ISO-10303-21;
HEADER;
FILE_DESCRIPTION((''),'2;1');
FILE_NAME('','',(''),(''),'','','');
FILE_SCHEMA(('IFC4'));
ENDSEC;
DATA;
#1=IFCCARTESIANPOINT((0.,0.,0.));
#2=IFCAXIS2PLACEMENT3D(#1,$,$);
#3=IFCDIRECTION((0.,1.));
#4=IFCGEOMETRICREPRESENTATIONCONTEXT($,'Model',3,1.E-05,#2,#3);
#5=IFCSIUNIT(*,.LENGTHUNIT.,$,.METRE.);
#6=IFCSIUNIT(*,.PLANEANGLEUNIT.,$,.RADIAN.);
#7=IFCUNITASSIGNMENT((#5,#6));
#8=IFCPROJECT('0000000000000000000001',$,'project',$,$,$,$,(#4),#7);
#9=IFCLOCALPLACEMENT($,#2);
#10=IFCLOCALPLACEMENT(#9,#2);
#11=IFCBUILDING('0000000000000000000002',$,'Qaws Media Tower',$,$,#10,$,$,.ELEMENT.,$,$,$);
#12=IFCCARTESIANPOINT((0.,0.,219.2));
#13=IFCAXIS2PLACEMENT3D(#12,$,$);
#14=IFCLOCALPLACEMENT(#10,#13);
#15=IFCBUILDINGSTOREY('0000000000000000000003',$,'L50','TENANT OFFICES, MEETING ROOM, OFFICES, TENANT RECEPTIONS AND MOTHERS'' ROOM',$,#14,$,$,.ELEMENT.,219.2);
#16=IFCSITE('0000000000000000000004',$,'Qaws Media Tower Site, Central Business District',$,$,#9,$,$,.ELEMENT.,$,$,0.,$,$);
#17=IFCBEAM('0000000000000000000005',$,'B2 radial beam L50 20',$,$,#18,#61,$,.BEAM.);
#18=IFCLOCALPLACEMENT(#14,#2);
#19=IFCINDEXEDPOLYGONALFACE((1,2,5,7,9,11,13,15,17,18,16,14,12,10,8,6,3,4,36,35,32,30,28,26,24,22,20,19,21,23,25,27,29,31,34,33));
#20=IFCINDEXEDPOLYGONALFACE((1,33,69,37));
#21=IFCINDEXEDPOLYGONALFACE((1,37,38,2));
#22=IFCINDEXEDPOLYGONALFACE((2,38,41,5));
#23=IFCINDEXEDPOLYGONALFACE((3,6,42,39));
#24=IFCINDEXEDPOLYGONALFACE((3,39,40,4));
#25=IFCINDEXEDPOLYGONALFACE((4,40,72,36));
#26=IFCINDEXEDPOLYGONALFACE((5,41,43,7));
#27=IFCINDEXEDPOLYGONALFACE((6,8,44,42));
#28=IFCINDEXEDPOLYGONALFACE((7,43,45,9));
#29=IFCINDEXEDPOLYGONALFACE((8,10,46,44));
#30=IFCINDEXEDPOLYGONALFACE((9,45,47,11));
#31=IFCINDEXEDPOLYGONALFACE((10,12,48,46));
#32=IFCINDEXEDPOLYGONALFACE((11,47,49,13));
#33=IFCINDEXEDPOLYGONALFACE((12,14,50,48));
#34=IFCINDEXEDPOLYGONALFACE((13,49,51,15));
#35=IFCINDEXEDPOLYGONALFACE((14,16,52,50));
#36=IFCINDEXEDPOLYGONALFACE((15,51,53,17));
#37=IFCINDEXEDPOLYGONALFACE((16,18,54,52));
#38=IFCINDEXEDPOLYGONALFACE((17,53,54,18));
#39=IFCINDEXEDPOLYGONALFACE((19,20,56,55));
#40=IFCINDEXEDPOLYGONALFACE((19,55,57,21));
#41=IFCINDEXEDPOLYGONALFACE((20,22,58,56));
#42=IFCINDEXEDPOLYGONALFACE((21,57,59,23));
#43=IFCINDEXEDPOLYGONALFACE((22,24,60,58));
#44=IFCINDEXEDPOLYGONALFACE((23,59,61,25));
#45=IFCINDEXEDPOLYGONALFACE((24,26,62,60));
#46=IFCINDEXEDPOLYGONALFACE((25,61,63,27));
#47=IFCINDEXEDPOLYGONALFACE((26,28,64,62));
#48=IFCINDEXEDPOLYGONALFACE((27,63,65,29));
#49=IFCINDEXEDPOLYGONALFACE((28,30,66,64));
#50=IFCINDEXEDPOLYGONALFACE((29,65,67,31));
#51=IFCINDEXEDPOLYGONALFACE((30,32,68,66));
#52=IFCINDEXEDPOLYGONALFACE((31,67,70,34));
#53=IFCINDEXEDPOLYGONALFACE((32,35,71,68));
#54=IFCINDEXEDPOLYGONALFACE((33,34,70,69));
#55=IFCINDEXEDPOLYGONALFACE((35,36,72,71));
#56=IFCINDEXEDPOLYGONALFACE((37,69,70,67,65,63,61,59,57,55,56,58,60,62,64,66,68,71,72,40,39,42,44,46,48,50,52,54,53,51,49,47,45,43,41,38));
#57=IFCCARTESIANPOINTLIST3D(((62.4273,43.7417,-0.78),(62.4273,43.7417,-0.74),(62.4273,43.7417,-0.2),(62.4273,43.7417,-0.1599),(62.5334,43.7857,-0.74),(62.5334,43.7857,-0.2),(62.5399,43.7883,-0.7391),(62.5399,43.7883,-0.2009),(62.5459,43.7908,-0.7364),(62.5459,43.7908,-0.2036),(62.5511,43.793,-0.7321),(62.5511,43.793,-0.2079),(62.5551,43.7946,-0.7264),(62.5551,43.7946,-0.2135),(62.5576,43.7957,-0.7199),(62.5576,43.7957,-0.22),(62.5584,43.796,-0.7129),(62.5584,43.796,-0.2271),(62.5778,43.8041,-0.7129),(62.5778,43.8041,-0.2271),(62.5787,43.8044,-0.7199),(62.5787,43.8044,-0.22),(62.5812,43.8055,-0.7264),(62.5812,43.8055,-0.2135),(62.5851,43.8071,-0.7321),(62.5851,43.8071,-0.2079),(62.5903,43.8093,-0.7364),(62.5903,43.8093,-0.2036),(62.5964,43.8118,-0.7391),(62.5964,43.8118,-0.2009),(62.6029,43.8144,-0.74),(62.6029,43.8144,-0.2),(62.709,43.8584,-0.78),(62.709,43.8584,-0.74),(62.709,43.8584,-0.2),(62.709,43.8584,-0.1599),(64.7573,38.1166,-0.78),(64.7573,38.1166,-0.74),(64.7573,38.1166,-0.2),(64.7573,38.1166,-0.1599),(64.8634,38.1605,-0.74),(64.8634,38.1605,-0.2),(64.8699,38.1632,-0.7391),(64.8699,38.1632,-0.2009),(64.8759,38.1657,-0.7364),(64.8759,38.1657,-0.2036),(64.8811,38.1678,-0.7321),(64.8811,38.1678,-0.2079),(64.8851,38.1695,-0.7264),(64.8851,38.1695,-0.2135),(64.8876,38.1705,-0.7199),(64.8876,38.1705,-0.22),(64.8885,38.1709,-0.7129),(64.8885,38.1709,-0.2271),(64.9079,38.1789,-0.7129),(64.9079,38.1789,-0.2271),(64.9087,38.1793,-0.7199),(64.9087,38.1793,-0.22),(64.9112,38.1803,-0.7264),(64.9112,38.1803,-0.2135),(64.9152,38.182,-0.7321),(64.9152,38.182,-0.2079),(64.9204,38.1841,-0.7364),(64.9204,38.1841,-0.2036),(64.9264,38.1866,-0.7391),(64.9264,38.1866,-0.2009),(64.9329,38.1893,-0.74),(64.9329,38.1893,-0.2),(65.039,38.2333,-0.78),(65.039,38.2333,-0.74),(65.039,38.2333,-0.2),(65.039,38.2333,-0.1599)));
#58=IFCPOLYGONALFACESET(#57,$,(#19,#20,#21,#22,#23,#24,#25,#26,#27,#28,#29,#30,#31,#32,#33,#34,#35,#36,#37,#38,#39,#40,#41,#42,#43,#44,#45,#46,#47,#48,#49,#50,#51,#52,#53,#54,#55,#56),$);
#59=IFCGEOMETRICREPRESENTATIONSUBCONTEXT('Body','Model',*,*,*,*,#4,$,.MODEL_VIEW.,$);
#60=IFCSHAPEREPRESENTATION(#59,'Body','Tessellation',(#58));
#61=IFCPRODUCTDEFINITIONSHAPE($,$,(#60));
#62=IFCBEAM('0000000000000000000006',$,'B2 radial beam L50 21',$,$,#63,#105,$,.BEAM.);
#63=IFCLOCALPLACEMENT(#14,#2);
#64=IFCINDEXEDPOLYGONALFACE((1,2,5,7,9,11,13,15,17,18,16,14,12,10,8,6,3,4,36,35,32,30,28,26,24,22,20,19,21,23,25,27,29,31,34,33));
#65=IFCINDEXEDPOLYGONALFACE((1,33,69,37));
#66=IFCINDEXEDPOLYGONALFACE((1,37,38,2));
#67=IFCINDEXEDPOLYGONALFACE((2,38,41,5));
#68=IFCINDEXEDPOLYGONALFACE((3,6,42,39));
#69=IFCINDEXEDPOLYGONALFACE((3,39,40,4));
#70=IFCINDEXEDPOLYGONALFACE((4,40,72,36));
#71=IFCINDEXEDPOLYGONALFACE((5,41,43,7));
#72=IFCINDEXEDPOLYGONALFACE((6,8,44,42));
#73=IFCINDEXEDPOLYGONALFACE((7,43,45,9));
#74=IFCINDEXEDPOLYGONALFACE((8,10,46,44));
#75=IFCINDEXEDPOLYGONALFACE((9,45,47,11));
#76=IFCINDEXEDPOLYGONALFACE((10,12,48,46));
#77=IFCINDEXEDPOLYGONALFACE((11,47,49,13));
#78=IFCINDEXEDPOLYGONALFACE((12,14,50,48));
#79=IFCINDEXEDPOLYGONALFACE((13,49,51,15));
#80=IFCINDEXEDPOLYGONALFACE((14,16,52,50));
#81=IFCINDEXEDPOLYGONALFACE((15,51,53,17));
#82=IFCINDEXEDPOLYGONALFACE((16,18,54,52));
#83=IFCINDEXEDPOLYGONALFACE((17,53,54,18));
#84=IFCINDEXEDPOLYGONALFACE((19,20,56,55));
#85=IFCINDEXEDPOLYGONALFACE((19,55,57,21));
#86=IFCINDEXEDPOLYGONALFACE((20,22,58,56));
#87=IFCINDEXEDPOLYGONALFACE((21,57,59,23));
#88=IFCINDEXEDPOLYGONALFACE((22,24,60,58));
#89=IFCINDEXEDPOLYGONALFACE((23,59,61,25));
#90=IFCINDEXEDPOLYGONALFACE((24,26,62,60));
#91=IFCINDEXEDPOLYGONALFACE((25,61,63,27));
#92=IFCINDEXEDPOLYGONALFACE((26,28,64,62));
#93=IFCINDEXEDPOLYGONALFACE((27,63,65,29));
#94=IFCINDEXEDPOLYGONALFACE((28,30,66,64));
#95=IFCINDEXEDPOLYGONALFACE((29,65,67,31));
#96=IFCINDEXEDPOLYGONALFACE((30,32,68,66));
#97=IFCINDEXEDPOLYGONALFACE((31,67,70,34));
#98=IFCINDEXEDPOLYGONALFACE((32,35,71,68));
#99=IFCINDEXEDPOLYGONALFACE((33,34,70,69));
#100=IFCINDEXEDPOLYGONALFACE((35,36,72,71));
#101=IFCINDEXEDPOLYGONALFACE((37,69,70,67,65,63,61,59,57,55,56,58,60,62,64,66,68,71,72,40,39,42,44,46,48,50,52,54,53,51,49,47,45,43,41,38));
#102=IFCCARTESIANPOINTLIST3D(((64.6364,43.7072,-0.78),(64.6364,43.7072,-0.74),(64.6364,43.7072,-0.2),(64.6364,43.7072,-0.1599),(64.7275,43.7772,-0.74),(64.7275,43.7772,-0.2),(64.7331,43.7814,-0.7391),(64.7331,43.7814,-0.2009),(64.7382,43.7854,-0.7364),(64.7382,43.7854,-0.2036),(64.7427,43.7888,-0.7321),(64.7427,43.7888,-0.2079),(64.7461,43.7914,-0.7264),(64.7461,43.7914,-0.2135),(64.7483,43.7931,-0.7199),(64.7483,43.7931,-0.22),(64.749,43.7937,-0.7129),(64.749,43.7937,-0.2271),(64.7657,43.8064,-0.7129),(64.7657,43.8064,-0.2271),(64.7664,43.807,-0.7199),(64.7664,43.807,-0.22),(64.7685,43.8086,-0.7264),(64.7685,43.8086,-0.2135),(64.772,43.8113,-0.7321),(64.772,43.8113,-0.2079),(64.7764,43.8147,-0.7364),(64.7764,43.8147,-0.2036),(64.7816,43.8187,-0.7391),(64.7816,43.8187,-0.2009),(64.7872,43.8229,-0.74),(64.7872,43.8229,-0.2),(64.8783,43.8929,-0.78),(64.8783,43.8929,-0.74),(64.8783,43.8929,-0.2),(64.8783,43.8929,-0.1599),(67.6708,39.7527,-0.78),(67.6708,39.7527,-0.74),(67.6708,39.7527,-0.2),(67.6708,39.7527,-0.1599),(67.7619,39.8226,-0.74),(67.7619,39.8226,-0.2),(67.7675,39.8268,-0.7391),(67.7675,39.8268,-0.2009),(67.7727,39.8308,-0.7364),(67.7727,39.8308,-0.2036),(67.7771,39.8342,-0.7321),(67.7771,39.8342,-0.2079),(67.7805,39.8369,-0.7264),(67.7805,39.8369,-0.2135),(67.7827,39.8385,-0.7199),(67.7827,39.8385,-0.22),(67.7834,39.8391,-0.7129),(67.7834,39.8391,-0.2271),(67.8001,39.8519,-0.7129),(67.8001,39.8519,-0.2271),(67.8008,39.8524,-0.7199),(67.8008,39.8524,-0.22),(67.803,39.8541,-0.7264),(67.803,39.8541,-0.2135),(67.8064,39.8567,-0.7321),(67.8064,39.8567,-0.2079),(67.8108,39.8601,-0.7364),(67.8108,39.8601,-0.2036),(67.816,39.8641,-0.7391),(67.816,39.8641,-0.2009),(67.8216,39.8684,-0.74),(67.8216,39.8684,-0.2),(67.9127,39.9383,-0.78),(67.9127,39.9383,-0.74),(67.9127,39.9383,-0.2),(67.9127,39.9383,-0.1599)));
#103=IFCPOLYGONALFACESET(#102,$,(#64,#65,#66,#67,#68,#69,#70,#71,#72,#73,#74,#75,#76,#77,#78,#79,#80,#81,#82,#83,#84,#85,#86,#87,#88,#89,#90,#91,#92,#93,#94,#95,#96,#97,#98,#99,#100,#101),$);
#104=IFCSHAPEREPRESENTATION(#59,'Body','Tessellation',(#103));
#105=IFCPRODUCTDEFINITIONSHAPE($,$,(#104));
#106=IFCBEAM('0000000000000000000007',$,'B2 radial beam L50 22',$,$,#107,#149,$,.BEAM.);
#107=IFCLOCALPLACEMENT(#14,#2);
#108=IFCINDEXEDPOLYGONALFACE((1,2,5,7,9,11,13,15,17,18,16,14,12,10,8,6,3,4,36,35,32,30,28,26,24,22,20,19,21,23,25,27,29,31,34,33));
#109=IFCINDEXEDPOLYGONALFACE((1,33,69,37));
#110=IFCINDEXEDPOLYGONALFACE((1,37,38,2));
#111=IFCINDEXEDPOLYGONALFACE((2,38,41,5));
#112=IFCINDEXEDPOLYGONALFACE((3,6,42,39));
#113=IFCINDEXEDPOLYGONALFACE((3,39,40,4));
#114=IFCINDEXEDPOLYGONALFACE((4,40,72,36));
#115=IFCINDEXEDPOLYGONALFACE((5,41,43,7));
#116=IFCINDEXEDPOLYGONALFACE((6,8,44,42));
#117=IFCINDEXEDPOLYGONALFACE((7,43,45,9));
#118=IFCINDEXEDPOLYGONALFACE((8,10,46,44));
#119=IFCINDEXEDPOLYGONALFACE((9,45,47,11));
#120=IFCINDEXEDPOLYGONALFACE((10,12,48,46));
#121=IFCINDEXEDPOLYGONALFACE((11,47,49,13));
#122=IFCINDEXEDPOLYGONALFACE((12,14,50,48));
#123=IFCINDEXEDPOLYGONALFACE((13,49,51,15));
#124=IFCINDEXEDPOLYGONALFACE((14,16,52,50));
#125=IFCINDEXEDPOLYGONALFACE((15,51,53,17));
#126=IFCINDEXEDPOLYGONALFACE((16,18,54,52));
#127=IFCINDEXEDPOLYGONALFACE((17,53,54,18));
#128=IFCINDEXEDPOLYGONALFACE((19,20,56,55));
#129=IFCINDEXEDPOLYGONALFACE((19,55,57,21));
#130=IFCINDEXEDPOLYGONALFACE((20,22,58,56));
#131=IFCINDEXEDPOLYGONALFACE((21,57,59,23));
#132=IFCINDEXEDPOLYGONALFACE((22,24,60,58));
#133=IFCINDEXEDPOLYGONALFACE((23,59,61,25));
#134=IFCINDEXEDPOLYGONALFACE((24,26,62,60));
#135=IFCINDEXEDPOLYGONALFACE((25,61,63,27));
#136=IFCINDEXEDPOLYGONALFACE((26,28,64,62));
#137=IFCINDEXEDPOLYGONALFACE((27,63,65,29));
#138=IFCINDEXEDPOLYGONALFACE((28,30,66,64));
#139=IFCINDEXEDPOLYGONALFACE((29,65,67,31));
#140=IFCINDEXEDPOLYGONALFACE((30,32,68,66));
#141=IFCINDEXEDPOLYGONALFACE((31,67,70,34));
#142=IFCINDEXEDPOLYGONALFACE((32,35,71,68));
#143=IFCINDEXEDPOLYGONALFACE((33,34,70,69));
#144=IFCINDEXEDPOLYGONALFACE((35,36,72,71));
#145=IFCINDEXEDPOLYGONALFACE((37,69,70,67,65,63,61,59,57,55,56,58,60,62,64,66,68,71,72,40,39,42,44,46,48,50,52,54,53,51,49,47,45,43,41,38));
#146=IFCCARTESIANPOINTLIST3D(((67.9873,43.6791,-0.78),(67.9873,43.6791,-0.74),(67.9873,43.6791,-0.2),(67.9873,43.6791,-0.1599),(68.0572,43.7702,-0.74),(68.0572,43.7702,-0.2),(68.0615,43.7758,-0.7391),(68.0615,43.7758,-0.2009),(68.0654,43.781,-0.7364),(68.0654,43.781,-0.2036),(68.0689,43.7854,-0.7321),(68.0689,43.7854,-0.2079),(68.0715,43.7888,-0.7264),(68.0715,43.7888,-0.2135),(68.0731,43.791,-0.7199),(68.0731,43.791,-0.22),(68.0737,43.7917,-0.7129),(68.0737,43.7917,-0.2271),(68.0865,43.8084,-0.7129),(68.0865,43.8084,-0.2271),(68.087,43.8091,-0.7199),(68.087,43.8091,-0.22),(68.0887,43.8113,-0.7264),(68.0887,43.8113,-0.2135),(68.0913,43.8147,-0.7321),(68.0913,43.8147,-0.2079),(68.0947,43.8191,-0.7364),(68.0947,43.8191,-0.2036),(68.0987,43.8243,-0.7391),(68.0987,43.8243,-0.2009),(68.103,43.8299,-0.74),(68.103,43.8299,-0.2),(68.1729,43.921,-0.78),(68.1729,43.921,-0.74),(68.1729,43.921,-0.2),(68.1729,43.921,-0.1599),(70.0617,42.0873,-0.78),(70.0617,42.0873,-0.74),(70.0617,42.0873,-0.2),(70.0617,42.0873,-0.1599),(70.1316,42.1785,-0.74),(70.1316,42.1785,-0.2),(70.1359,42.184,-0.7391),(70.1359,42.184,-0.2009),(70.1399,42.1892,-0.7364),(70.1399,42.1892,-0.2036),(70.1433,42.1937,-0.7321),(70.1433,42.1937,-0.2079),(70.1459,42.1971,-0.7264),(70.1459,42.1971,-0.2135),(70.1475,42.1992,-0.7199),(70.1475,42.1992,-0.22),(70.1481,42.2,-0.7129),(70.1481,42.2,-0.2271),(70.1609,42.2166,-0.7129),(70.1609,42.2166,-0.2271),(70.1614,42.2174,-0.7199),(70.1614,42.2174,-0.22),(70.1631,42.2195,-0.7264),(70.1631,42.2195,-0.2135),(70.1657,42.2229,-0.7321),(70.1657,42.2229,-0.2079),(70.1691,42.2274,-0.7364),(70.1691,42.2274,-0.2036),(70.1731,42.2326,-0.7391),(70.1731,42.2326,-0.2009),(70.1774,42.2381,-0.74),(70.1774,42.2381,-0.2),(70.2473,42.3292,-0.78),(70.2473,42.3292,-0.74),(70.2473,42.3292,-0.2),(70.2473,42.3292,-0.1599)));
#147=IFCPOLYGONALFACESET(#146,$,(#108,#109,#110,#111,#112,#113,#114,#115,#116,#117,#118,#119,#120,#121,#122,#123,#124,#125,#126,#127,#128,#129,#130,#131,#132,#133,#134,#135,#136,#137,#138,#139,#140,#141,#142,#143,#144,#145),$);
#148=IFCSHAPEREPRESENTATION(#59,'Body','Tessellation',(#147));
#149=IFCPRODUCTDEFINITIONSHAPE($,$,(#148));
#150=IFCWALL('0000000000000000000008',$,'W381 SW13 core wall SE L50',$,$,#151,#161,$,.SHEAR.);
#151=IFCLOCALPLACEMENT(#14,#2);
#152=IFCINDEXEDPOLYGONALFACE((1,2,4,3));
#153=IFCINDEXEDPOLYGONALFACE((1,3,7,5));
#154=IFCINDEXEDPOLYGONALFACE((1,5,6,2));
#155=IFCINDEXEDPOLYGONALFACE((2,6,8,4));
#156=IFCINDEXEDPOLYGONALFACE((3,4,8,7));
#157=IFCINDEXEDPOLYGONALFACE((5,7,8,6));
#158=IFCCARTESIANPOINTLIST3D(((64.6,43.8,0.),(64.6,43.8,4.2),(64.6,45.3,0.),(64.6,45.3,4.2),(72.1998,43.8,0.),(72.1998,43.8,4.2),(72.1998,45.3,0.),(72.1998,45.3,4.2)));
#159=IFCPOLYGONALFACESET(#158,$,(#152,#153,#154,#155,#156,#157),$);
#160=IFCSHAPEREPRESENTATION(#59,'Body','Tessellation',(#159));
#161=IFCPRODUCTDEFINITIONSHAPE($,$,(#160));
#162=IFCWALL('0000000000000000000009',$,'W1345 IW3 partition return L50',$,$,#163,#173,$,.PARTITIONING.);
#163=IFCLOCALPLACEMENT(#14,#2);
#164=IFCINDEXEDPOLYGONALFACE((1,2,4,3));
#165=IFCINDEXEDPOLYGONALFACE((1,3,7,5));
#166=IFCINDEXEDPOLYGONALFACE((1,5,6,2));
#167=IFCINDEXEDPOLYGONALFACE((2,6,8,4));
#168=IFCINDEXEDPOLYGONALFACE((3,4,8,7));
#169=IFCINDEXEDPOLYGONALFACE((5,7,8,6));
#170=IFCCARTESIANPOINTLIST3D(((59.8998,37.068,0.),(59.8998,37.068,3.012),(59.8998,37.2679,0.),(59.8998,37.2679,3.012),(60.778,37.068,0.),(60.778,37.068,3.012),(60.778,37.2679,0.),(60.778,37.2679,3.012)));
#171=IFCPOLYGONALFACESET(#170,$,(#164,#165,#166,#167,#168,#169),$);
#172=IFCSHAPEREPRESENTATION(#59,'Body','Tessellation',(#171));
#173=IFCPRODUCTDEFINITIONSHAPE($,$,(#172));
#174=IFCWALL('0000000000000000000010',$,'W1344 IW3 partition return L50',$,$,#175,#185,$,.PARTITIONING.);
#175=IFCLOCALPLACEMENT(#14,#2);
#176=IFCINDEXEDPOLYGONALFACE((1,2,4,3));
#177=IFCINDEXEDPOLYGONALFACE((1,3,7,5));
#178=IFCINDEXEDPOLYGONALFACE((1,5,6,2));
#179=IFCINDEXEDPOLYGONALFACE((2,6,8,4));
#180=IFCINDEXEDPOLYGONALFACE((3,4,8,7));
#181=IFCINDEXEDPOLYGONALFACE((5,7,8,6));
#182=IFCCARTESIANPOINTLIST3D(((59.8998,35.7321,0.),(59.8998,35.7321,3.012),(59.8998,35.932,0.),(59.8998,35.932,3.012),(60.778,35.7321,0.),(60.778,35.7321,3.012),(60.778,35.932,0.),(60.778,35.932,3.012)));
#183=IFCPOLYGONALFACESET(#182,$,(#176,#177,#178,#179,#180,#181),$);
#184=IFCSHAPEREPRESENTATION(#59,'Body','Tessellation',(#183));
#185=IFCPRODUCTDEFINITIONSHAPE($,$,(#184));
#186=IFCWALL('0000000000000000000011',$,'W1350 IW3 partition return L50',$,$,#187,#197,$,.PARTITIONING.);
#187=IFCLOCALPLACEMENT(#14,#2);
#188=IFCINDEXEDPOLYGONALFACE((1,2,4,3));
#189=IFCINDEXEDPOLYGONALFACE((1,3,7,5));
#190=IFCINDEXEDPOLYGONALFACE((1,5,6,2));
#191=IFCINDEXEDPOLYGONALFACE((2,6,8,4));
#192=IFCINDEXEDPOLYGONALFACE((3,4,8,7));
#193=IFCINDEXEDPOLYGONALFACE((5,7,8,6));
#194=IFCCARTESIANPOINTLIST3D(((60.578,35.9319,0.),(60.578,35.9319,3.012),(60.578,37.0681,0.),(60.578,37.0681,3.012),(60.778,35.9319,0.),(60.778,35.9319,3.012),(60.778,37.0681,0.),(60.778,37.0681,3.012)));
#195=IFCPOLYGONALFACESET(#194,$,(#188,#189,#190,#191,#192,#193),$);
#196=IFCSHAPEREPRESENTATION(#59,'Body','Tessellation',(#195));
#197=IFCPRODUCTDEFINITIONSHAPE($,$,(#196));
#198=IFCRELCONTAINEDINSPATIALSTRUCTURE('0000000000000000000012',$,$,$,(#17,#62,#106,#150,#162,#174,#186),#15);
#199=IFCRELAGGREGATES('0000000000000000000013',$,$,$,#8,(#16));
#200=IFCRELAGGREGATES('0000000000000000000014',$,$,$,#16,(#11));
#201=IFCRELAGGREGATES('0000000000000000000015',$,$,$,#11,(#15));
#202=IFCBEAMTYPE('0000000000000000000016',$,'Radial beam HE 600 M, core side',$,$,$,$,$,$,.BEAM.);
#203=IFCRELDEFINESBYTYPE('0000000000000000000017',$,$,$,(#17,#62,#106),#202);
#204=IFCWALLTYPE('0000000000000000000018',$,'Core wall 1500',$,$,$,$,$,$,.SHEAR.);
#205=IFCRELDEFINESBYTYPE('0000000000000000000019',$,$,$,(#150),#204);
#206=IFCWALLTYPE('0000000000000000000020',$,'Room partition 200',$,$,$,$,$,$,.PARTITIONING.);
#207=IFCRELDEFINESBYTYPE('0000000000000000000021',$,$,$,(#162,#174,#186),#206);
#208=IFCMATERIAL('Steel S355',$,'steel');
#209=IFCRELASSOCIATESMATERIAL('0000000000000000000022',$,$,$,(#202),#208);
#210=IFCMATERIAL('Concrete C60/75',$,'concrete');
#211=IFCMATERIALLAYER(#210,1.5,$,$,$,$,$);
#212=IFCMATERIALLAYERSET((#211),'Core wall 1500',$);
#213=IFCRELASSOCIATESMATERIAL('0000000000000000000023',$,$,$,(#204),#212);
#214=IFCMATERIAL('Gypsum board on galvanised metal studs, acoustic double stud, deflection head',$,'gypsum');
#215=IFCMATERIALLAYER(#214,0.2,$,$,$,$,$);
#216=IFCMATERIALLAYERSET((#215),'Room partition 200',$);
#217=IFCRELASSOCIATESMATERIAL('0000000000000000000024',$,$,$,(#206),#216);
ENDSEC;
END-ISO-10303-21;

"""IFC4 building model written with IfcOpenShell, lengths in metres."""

from ifc_helpers import new_model, si_unit, direction, frame, frame_2d, origin, origin_2d, place, context, subcontext, project, spatial, rectangle, i_section, extrude, material, layer, layer_set, material_profile, profile_set, type_object, element, save


model = new_model("IFC4")

# Units and contexts
model_context = context("Model", 3, precision=1e-05, world=origin(), true_north=direction((0.0, 1.0)))
body_context = subcontext(model_context, "Body", "Model", "MODEL_VIEW")
ifc_project = project(units=[si_unit("LENGTHUNIT", "METRE"), si_unit("PLANEANGLEUNIT", "RADIAN")], contexts=[model_context])

# Site, building, storey
site_placement = place(None, origin())
site = spatial("IfcSite", under=ifc_project, at=site_placement, Name="Qaws Media Tower Site, Central Business District", CompositionType="ELEMENT", RefElevation=0.0)
building_placement = place(site_placement, origin())
building = spatial("IfcBuilding", under=site, at=building_placement, Name="Qaws Media Tower", CompositionType="ELEMENT")
storey_placement = place(building_placement, frame((0.0, 0.0, 219.2)))
storey = spatial("IfcBuildingStorey", under=building, at=storey_placement, Name="L50", Description="TENANT OFFICES, MEETING ROOM, OFFICES, TENANT RECEPTIONS AND MOTHERS' ROOM", CompositionType="ELEMENT", Elevation=219.2)

# Beams
ifc_material_1 = material(Name="Steel S355", Category="steel")
ifc_material_profile_1 = material_profile(ifc_material_1, i_section(OverallWidth=0.3049, OverallDepth=0.6201, WebThickness=0.021, FlangeThickness=0.04, FilletRadius=0.0271, at=origin_2d()), Name="HE 600 M")
ifc_profile_set_1 = profile_set([ifc_material_profile_1], Name="Steel S355")
beam_type_1 = type_object("IfcBeamType", Name="Radial beam HE 600 M, core side", PredefinedType="BEAM", material=ifc_profile_set_1)
beam_1_placement = place(storey_placement, frame((62.5681, 43.8, -0.47), z_axis=(0.382687, -0.923878, 0.0), x_axis=(0.923878, 0.382687, 0.0)))
element("IfcBeam", 1, at=beam_1_placement, inside=storey, type_object=beam_type_1, Name="B2 radial beam L50 20", PredefinedType="BEAM", context=body_context, shape_type="SweptSolid", body=[
    extrude(i_section(OverallWidth=0.3049, OverallDepth=0.6201, WebThickness=0.021, FlangeThickness=0.04, FilletRadius=0.0271, at=origin_2d()), origin(), (0.0, 0.0, 1.0), 6.0886),
])
beam_2_placement = place(storey_placement, frame((64.7573, 43.8, -0.47), z_axis=(0.608756, -0.793357, 0.0), x_axis=(0.793357, 0.608756, 0.0)))
element("IfcBeam", 2, at=beam_2_placement, inside=storey, type_object=beam_type_1, Name="B2 radial beam L50 21", PredefinedType="BEAM", context=body_context, shape_type="SweptSolid", body=[
    extrude(i_section(OverallWidth=0.3049, OverallDepth=0.6201, WebThickness=0.021, FlangeThickness=0.04, FilletRadius=0.0271, at=origin_2d()), origin(), (0.0, 0.0, 1.0), 4.9846),
])
beam_3_placement = place(storey_placement, frame((68.0801, 43.8, -0.47), z_axis=(0.793352, -0.608763, 0.0), x_axis=(0.608763, 0.793352, 0.0)))
element("IfcBeam", 3, at=beam_3_placement, inside=storey, type_object=beam_type_1, Name="B2 radial beam L50 22", PredefinedType="BEAM", context=body_context, shape_type="SweptSolid", body=[
    extrude(i_section(OverallWidth=0.3049, OverallDepth=0.6201, WebThickness=0.021, FlangeThickness=0.04, FilletRadius=0.0271, at=origin_2d()), origin(), (0.0, 0.0, 1.0), 2.6147),
])

# Walls
ifc_material_2 = material(Name="Concrete C60/75", Category="concrete")
ifc_layer_1 = layer(ifc_material_2, 1.5)
ifc_layer_set_1 = layer_set([ifc_layer_1], Name="Core wall 1500")
wall_type_1 = type_object("IfcWallType", Name="Core wall 1500", PredefinedType="SHEAR", material=ifc_layer_set_1)
wall_1_placement = place(storey_placement, frame((64.6001, 44.55, 0.0), z_axis=(0.0, 0.0, 1.0), x_axis=(1.0, 0.0, 0.0)))
element("IfcWall", 4, at=wall_1_placement, inside=storey, type_object=wall_type_1, Name="W381 SW13 core wall SE L50", PredefinedType="SHEAR", context=body_context, shape_type="SweptSolid", body=[
    extrude(rectangle(XDim=7.5999, YDim=1.5, at=frame_2d((3.7998, 0.0))), origin(), (0.0, 0.0, 1.0), 4.2),
])
ifc_material_3 = material(Name="Gypsum board on galvanised metal studs, acoustic double stud, deflection head", Category="gypsum")
ifc_layer_2 = layer(ifc_material_3, 0.2)
ifc_layer_set_2 = layer_set([ifc_layer_2], Name="Room partition 200")
wall_type_2 = type_object("IfcWallType", Name="Room partition 200", PredefinedType="PARTITIONING", material=ifc_layer_set_2)
for number, where, z_axis, x_axis, name in (
    (5, (59.8999, 37.168, 0.0), (0.0, 0.0, 1.0), (1.0, 0.0, 0.0), "W1345 IW3 partition return L50"),
    (6, (59.8999, 35.832, 0.0), (0.0, 0.0, 1.0), (1.0, 0.0, 0.0), "W1344 IW3 partition return L50"),
):
    element("IfcWall", number, at=place(storey_placement, frame(where, z_axis=z_axis, x_axis=x_axis)), inside=storey, type_object=wall_type_2, Name=name, PredefinedType="PARTITIONING", context=body_context, shape_type="SweptSolid", body=[
        extrude(rectangle(XDim=0.8782, YDim=0.2, at=frame_2d((0.439, 0.0))), origin(), (0.0, 0.0, 1.0), 3.012),
    ])
wall_2_placement = place(storey_placement, frame((60.678, 37.0681, 0.0), z_axis=(0.0, 0.0, 1.0), x_axis=(0.0, -1.0, 0.0)))
element("IfcWall", 7, at=wall_2_placement, inside=storey, type_object=wall_type_2, Name="W1350 IW3 partition return L50", PredefinedType="PARTITIONING", context=body_context, shape_type="SweptSolid", body=[
    extrude(rectangle(XDim=1.1362, YDim=0.2, at=frame_2d((0.5681, 0.0))), origin(), (0.0, 0.0, 1.0), 3.012),
])

save(model, "model.ifc")
